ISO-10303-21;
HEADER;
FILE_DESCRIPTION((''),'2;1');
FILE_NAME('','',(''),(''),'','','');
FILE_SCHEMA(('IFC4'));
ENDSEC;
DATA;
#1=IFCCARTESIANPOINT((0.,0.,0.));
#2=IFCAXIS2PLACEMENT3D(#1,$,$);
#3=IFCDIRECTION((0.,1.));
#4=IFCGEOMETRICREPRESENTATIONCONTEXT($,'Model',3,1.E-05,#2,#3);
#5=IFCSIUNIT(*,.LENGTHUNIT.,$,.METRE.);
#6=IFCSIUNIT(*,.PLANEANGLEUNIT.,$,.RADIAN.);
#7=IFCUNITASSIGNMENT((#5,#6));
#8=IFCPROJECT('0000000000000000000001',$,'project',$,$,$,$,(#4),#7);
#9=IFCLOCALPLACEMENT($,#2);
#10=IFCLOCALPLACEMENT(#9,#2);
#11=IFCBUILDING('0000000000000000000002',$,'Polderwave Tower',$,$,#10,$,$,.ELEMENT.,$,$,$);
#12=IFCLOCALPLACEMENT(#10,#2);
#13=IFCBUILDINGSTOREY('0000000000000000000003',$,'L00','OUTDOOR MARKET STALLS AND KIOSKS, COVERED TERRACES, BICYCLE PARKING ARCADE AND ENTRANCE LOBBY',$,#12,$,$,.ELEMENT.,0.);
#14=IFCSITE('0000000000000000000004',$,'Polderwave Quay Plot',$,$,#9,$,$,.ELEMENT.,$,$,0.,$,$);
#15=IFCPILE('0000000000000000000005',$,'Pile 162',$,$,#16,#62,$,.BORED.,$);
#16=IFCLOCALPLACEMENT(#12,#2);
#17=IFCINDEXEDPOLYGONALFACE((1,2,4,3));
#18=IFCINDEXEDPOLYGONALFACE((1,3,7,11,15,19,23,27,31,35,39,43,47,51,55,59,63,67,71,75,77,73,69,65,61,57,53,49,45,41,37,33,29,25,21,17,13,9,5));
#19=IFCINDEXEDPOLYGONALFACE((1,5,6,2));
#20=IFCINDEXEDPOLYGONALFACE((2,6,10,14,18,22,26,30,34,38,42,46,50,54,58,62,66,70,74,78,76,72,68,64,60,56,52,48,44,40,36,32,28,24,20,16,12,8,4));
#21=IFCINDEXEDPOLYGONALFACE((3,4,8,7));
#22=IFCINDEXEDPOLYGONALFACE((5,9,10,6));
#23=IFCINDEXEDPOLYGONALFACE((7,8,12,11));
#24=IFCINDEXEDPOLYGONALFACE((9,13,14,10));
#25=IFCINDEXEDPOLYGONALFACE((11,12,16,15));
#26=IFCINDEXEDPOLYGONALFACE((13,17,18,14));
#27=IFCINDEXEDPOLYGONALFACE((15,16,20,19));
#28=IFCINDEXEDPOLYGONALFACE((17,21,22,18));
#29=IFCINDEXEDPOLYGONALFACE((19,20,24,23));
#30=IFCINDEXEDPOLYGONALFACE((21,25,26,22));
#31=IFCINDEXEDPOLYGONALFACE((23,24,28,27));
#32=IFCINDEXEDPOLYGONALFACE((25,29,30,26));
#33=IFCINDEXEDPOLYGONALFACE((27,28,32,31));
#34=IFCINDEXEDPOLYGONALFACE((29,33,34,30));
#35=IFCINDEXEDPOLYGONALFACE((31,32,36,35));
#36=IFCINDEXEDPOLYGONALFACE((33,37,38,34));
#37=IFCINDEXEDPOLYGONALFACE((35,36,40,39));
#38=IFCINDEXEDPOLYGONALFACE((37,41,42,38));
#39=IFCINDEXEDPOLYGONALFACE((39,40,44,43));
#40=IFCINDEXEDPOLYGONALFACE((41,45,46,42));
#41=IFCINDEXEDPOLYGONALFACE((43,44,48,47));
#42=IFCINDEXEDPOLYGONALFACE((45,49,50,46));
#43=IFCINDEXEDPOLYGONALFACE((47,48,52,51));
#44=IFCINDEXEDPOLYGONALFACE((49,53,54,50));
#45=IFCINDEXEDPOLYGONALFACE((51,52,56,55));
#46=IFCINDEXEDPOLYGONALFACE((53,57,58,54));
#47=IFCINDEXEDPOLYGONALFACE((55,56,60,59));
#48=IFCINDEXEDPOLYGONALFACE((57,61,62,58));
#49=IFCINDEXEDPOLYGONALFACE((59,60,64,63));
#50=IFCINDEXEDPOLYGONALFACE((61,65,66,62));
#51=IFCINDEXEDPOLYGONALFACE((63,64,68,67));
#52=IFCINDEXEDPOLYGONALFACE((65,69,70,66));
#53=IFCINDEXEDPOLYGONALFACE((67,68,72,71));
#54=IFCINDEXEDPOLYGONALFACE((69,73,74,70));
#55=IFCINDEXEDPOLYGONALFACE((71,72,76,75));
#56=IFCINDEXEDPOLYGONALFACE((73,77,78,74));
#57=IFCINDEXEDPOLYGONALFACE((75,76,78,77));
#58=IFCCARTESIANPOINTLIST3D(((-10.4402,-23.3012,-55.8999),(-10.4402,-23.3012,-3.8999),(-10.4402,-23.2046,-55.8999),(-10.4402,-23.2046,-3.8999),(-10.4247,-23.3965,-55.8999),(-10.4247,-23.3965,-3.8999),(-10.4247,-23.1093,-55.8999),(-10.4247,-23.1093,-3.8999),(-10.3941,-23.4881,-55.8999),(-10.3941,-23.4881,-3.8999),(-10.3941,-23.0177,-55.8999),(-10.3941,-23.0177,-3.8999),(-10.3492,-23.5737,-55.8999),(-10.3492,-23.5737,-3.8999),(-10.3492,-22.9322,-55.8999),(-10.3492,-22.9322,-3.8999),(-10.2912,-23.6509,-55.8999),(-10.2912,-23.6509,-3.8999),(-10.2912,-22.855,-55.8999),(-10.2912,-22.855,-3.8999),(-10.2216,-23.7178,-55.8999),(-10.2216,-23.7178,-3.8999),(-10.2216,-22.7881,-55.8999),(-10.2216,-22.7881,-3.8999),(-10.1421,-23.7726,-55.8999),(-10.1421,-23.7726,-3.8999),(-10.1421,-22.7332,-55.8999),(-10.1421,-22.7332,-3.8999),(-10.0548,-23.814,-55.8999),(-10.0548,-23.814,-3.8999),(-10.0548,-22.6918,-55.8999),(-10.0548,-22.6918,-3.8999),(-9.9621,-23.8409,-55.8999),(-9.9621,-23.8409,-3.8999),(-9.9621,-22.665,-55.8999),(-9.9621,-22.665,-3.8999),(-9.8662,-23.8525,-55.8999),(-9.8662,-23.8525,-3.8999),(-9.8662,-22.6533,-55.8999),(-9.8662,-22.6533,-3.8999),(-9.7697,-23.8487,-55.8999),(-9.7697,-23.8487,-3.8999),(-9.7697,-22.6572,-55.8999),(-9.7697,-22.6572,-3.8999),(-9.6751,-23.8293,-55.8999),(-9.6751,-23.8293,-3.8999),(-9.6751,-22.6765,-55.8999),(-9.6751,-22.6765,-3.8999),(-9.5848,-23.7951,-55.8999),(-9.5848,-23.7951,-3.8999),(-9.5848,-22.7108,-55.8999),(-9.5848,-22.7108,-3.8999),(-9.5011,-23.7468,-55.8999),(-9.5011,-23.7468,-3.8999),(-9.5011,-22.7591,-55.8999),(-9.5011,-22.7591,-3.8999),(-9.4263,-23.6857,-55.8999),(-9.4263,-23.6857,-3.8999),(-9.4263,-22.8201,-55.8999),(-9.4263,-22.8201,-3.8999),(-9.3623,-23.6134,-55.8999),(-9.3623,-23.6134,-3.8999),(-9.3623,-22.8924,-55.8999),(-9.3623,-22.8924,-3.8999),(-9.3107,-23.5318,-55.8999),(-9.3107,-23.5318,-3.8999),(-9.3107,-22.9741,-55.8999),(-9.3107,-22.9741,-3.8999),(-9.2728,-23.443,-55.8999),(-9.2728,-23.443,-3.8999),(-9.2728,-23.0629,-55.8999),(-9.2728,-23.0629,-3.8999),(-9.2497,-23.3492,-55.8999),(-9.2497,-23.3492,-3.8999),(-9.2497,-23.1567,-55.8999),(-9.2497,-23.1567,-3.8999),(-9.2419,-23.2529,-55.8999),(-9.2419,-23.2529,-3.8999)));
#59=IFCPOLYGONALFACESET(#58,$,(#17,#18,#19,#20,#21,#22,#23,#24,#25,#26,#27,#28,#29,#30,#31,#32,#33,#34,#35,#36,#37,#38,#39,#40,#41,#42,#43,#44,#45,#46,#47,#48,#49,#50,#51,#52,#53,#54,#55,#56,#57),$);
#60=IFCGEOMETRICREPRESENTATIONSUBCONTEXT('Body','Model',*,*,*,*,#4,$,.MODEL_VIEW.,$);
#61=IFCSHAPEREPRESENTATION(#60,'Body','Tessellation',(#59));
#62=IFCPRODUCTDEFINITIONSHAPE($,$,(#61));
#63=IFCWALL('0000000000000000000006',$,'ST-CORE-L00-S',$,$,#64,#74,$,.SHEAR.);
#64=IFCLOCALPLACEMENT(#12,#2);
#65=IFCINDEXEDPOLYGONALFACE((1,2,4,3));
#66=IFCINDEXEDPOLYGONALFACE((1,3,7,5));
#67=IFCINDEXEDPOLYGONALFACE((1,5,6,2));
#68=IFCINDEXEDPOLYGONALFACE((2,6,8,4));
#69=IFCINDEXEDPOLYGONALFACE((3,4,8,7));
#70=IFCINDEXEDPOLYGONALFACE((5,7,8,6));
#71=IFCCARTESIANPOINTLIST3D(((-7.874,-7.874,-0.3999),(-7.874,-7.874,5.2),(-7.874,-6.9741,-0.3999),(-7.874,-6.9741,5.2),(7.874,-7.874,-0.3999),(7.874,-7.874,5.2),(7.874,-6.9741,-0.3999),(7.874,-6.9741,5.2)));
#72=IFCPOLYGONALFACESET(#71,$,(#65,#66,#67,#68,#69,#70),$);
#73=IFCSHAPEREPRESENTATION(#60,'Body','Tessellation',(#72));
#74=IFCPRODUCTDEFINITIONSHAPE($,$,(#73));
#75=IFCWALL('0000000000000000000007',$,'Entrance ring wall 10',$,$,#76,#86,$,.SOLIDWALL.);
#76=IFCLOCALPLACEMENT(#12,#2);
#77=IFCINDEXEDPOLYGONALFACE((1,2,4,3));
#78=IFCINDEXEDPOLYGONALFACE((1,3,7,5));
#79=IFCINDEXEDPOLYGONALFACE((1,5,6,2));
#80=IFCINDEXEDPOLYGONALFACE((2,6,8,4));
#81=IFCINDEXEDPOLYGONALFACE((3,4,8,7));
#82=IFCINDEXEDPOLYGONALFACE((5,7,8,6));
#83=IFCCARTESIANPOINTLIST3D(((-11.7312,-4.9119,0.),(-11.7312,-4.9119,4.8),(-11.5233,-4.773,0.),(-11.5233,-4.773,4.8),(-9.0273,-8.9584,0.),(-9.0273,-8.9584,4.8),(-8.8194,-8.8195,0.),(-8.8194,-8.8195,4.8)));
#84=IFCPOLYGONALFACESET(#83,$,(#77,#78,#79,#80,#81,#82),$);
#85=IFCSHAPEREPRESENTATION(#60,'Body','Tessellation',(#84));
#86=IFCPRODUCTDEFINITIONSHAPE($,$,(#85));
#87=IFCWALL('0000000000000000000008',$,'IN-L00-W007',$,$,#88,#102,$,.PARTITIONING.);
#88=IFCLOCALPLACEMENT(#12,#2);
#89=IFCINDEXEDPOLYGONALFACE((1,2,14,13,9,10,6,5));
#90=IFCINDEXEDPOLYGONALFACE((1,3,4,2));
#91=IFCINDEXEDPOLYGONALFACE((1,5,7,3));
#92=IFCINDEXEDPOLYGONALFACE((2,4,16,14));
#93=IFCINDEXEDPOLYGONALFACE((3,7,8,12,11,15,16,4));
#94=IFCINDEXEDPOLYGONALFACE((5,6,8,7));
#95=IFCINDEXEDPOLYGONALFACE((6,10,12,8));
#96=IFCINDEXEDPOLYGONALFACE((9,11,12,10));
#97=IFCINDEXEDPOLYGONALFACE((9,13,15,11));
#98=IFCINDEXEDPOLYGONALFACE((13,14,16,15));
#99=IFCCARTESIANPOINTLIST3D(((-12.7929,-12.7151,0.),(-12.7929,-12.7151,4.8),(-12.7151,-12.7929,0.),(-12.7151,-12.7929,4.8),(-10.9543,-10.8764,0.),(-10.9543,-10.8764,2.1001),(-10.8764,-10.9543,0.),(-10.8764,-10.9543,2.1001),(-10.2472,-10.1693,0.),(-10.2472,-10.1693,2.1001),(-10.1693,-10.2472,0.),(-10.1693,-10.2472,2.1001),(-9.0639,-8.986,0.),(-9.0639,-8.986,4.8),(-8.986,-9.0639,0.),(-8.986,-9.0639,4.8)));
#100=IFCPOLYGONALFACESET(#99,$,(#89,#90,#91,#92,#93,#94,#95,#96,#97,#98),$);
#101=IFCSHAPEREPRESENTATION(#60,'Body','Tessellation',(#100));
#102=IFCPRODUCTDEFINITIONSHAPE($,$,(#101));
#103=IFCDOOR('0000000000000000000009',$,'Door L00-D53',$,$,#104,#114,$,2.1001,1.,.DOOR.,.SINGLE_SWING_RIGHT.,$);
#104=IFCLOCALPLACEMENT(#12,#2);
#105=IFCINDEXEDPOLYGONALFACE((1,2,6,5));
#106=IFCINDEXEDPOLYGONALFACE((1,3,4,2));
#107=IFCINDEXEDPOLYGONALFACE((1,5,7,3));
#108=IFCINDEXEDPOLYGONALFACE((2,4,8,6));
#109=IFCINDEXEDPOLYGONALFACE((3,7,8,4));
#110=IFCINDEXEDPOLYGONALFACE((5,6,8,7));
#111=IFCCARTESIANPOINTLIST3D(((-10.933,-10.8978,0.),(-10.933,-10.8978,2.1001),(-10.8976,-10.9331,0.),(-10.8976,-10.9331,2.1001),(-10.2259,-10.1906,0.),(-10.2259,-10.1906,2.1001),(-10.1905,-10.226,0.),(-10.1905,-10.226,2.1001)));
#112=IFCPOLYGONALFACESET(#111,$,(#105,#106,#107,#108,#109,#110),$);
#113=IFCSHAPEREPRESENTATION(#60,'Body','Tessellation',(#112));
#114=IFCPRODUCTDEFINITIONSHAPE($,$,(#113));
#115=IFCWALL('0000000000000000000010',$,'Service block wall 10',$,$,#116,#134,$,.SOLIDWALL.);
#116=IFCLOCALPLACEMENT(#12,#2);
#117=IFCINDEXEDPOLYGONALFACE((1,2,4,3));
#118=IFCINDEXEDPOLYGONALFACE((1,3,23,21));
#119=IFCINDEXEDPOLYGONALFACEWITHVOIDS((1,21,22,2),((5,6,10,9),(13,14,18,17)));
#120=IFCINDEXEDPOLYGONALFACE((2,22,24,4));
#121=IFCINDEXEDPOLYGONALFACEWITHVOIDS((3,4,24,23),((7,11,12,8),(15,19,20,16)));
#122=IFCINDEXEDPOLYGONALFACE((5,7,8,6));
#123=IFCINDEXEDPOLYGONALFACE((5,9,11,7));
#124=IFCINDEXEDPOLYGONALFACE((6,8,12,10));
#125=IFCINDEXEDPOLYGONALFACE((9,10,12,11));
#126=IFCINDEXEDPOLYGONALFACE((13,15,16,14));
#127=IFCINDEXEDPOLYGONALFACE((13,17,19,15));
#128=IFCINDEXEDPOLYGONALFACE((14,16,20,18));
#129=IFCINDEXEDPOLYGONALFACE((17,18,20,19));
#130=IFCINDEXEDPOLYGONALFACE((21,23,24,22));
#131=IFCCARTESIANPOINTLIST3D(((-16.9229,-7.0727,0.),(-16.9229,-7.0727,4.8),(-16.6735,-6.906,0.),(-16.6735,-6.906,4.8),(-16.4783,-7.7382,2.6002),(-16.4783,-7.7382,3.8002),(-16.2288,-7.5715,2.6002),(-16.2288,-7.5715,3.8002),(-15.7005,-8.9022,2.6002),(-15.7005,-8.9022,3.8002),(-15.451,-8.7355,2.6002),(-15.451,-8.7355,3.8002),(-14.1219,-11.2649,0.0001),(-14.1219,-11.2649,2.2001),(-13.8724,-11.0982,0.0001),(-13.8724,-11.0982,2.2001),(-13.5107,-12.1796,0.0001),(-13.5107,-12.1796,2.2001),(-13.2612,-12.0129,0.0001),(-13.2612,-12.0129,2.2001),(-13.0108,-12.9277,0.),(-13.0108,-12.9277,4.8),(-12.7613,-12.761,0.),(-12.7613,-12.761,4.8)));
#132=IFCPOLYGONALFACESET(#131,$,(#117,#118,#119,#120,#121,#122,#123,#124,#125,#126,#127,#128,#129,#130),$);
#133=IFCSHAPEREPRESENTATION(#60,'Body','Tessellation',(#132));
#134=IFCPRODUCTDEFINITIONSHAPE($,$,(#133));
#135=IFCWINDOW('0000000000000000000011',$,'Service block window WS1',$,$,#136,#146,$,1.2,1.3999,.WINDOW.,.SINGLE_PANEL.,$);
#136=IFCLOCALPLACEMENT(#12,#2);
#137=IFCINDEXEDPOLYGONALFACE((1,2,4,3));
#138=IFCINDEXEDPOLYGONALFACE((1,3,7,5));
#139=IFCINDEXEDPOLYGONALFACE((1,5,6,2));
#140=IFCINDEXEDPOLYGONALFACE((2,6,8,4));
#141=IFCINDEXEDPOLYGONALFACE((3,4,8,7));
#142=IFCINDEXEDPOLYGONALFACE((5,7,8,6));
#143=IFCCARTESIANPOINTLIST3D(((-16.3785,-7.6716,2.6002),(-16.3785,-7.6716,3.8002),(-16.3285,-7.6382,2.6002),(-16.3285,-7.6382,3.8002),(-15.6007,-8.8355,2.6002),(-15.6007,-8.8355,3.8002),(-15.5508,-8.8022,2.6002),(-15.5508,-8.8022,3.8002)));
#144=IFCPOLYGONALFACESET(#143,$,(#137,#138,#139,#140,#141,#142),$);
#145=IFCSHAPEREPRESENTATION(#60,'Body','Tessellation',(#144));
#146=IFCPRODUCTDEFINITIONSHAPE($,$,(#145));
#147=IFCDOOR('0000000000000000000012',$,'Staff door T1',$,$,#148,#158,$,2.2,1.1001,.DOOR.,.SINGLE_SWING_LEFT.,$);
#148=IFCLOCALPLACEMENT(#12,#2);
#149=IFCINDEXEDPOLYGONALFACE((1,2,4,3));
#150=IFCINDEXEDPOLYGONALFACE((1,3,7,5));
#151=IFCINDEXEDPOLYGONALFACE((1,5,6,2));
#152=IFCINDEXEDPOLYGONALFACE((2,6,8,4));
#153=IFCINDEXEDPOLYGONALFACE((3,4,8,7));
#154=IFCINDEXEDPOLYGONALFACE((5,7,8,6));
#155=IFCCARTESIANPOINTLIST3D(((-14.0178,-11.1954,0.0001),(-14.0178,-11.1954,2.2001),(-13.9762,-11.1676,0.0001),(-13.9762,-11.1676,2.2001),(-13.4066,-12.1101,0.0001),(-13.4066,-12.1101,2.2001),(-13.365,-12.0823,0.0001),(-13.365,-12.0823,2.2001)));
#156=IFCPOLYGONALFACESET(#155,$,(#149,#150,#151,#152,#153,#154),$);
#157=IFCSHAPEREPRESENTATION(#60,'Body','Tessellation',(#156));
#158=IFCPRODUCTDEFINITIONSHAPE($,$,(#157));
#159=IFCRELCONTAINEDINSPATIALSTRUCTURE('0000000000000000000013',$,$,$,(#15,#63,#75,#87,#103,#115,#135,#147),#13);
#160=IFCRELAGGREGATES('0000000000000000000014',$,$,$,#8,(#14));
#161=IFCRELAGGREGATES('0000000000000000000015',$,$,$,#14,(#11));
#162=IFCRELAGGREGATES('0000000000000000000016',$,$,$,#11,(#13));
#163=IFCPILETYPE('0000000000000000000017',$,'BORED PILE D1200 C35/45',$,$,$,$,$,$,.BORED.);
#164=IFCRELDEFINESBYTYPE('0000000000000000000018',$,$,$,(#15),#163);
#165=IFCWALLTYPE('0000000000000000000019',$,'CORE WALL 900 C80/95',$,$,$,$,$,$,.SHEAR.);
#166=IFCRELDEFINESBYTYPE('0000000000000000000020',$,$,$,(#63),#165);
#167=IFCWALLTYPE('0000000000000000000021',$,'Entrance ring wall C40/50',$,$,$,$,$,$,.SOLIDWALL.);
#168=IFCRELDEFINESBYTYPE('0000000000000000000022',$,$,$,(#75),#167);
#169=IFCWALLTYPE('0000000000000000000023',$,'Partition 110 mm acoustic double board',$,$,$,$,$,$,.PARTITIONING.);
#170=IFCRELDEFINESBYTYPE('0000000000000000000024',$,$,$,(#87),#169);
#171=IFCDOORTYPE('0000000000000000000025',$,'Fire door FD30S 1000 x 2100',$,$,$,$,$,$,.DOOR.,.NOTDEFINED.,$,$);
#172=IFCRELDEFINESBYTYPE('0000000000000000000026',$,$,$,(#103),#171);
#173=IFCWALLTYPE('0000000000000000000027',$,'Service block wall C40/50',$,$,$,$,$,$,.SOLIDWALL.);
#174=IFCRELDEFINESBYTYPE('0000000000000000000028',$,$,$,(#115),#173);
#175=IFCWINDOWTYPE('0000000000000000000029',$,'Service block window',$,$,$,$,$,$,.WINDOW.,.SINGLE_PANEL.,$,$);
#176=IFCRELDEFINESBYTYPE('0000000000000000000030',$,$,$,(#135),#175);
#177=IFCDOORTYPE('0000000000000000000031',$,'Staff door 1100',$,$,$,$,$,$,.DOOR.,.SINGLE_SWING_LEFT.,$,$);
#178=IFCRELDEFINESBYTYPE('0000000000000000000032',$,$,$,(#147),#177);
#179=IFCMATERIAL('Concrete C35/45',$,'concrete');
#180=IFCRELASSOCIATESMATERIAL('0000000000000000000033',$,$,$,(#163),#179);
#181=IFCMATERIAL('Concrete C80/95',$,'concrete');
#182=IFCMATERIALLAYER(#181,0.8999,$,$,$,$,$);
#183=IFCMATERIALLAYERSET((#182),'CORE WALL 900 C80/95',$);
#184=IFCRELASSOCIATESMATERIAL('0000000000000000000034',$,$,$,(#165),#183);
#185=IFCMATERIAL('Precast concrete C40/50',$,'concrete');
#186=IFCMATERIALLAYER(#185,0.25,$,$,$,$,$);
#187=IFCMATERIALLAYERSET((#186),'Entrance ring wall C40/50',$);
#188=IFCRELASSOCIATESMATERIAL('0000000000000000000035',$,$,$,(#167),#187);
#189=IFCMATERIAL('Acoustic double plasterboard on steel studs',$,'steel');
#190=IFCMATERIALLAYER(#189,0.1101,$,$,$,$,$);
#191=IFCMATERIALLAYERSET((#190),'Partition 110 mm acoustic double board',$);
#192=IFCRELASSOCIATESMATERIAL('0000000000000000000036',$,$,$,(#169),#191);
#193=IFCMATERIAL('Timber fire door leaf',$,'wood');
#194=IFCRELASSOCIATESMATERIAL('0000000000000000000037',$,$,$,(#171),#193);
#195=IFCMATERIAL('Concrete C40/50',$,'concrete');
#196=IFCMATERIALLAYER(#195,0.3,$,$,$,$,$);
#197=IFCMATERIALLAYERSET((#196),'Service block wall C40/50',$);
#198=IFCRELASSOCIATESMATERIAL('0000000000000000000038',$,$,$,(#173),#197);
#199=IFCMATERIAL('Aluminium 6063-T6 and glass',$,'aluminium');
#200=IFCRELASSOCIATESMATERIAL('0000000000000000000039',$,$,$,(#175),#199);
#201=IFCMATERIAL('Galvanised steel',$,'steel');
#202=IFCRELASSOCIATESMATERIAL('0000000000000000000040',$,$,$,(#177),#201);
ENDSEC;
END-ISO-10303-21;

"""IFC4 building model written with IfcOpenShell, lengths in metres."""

from ifc_helpers import new_model, si_unit, direction, frame, frame_2d, origin, origin_2d, place, context, subcontext, project, spatial, rectangle, circle, extrude, material, layer, layer_set, material_profile, profile_set, type_object, element, fill, save


model = new_model("IFC4")

# Units and contexts
model_context = context("Model", 3, precision=1e-05, world=origin(), true_north=direction((0.0, 1.0)))
body_context = subcontext(model_context, "Body", "Model", "MODEL_VIEW")
ifc_project = project(units=[si_unit("LENGTHUNIT", "METRE"), si_unit("PLANEANGLEUNIT", "RADIAN")], contexts=[model_context])

# Site, building, storey
site_placement = place(None, origin())
site = spatial("IfcSite", under=ifc_project, at=site_placement, Name="Polderwave Quay Plot", CompositionType="ELEMENT", RefElevation=0.0)
building_placement = place(site_placement, origin())
building = spatial("IfcBuilding", under=site, at=building_placement, Name="Polderwave Tower", CompositionType="ELEMENT")
storey_placement = place(building_placement, origin())
storey = spatial("IfcBuildingStorey", under=building, at=storey_placement, Name="L00", Description="OUTDOOR MARKET STALLS AND KIOSKS, COVERED TERRACES, BICYCLE PARKING ARCADE AND ENTRANCE LOBBY", CompositionType="ELEMENT", Elevation=0.0)

# Pile
ifc_material_1 = material(Name="Concrete C35/45", Category="concrete")
ifc_material_profile_1 = material_profile(ifc_material_1, circle(Radius=0.6001, at=origin_2d()), Name="BORED D1200")
ifc_profile_set_1 = profile_set([ifc_material_profile_1], Name="Concrete C35/45")
pile_type = type_object("IfcPileType", Name="BORED PILE D1200 C35/45", PredefinedType="BORED", material=ifc_profile_set_1)
for number, where, z_axis, x_axis, name in (
    (1, (-9.842, -23.2529, -3.8999), (0.0, 0.0, -1.0), (1.0, 0.0, 0.0), "Pile 162"),
):
    element("IfcPile", number, at=place(storey_placement, frame(where, z_axis=z_axis, x_axis=x_axis)), inside=storey, type_object=pile_type, Name=name, PredefinedType="BORED", context=body_context, shape_type="SweptSolid", body=[
        extrude(circle(Radius=0.6001, at=origin_2d()), origin(), (0.0, 0.0, 1.0), 52.0),
    ])

# Shared definitions
ifc_material_2 = material(Name="Concrete C80/95", Category="concrete")

# Walls
ifc_layer_1 = layer(ifc_material_2, 0.8999)
ifc_layer_set_1 = layer_set([ifc_layer_1], Name="CORE WALL 900 C80/95")
wall_type_1 = type_object("IfcWallType", Name="CORE WALL 900 C80/95", PredefinedType="SHEAR", material=ifc_layer_set_1)
wall_1_placement = place(storey_placement, frame((-7.874, -7.4241, -0.3999), z_axis=(0.0, 0.0, 1.0), x_axis=(1.0, 0.0, 0.0)))
element("IfcWall", 2, at=wall_1_placement, inside=storey, type_object=wall_type_1, Name="ST-CORE-L00-S", PredefinedType="SHEAR", context=body_context, shape_type="SweptSolid", body=[
    extrude(rectangle(XDim=15.748, YDim=0.8999, at=frame_2d((7.874, 0.0))), origin(), (0.0, 0.0, 1.0), 5.5999),
])
ifc_material_3 = material(Name="Precast concrete C40/50", Category="concrete")
ifc_layer_2 = layer(ifc_material_3, 0.25)
ifc_layer_set_2 = layer_set([ifc_layer_2], Name="Entrance ring wall C40/50")
wall_type_2 = type_object("IfcWallType", Name="Entrance ring wall C40/50", PredefinedType="SOLIDWALL", material=ifc_layer_set_2)
wall_2_placement = place(storey_placement, frame((-8.9233, -8.8889, 0.0), z_axis=(0.0, 0.0, 1.0), x_axis=(-0.555591, 0.831456, 0.0)))
element("IfcWall", 3, at=wall_2_placement, inside=storey, type_object=wall_type_2, Name="Entrance ring wall 10", PredefinedType="SOLIDWALL", context=body_context, shape_type="SweptSolid", body=[
    extrude(rectangle(XDim=4.8667, YDim=0.25, at=frame_2d((2.4333, 0.0))), origin(), (0.0, 0.0, 1.0), 4.8),
])

# Wall, opening, door
ifc_material_4 = material(Name="Acoustic double plasterboard on steel studs", Category="steel")
ifc_layer_3 = layer(ifc_material_4, 0.1101)
ifc_layer_set_3 = layer_set([ifc_layer_3], Name="Partition 110 mm acoustic double board")
wall_type_3 = type_object("IfcWallType", Name="Partition 110 mm acoustic double board", PredefinedType="PARTITIONING", material=ifc_layer_set_3)
wall_3_placement = place(storey_placement, frame((-12.7539, -12.7539, 0.0), z_axis=(0.0, 0.0, 1.0), x_axis=(0.707107, 0.707107, 0.0)))
wall_3 = element("IfcWall", 4, at=wall_3_placement, inside=storey, type_object=wall_type_3, Name="IN-L00-W007", PredefinedType="PARTITIONING", context=body_context, shape_type="SweptSolid", body=[
    extrude(rectangle(XDim=5.2737, YDim=0.1101, at=frame_2d((2.6367, 0.0))), origin(), (0.0, 0.0, 1.0), 4.8),
])
opening_1_placement = place(wall_3_placement, frame((2.6001, 0.0, 0.0)))
opening_1 = element("IfcOpeningElement", 5, at=opening_1_placement, cuts=wall_3, PredefinedType="OPENING", context=body_context, shape_type="SweptSolid", body=[
    extrude(rectangle(XDim=1.0, YDim=2.1001, at=frame_2d((0.5, 1.05))), frame((0.0, 0.0649, 0.0), z_axis=(0.0, -1.0, 0.0), x_axis=(1.0, 0.0, 0.0)), (0.0, 0.0, 1.0), 0.1301),
])
ifc_material_5 = material(Name="Timber fire door leaf", Category="wood")
door_type_1 = type_object("IfcDoorType", Name="Fire door FD30S 1000 x 2100", OperationType="NOTDEFINED", PredefinedType="DOOR", material=ifc_material_5)
door_1_placement = place(opening_1_placement, origin())
door_1 = element("IfcDoor", 6, at=door_1_placement, inside=storey, type_object=door_type_1, Name="Door L00-D53", OperationType="SINGLE_SWING_RIGHT", OverallHeight=2.1001, OverallWidth=1.0, PredefinedType="DOOR", context=body_context, shape_type="SweptSolid", body=[
    extrude(rectangle(XDim=1.0, YDim=2.1001, at=frame_2d((0.5, 1.05))), frame((0.0, 0.0249, 0.0), z_axis=(0.0, -1.0, 0.0), x_axis=(1.0, 0.0, 0.0)), (0.0, 0.0, 1.0), 0.05),
])
fill(opening_1, door_1)

# Wall, openings, window, door
ifc_material_6 = material(Name="Concrete C40/50", Category="concrete")
ifc_layer_4 = layer(ifc_material_6, 0.3)
ifc_layer_set_4 = layer_set([ifc_layer_4], Name="Service block wall C40/50")
wall_type_4 = type_object("IfcWallType", Name="Service block wall C40/50", PredefinedType="SOLIDWALL", material=ifc_layer_set_4)
wall_4_placement = place(storey_placement, frame((-12.886, -12.8445, 0.0), z_axis=(0.0, 0.0, 1.0), x_axis=(-0.555564, 0.831474, 0.0)))
wall_4 = element("IfcWall", 7, at=wall_4_placement, inside=storey, type_object=wall_type_4, Name="Service block wall 10", PredefinedType="SOLIDWALL", context=body_context, shape_type="SweptSolid", body=[
    extrude(rectangle(XDim=7.0417, YDim=0.3, at=frame_2d((3.521, 0.0))), origin(), (0.0, 0.0, 1.0), 4.8),
])
opening_2_placement = place(wall_4_placement, frame((0.8999, 0.0, 0.0)))
opening_2 = element("IfcOpeningElement", 8, at=opening_2_placement, cuts=wall_4, PredefinedType="OPENING", context=body_context, shape_type="SweptSolid", body=[
    extrude(rectangle(XDim=1.1001, YDim=2.2, at=frame_2d((0.55, 1.1001))), frame((0.0, 0.1599, 0.0), z_axis=(0.0, -1.0, 0.0), x_axis=(1.0, 0.0, 0.0)), (0.0, 0.0, 1.0), 0.3201),
])
opening_3_placement = place(wall_4_placement, frame((4.8416, 0.0, 2.6001)))
opening_3 = element("IfcOpeningElement", 9, at=opening_3_placement, cuts=wall_4, PredefinedType="OPENING", context=body_context, shape_type="SweptSolid", body=[
    extrude(rectangle(XDim=1.3999, YDim=1.2, at=frame_2d((0.7, 0.6001))), frame((0.0, 0.1599, 0.0), z_axis=(0.0, -1.0, 0.0), x_axis=(1.0, 0.0, 0.0)), (0.0, 0.0, 1.0), 0.3201),
])
ifc_material_7 = material(Name="Aluminium 6063-T6 and glass", Category="aluminium")
window_type = type_object("IfcWindowType", Name="Service block window", PartitioningType="SINGLE_PANEL", PredefinedType="WINDOW", material=ifc_material_7)
window_placement = place(opening_3_placement, origin())
window = element("IfcWindow", 10, at=window_placement, inside=storey, type_object=window_type, Name="Service block window WS1", OverallHeight=1.2, OverallWidth=1.3999, PartitioningType="SINGLE_PANEL", PredefinedType="WINDOW", context=body_context, shape_type="SweptSolid", body=[
    extrude(rectangle(XDim=1.3999, YDim=1.2, at=frame_2d((0.7, 0.6001))), frame((0.0, 0.03, 0.0), z_axis=(0.0, -1.0, 0.0), x_axis=(1.0, 0.0, 0.0)), (0.0, 0.0, 1.0), 0.0601),
])
fill(opening_3, window)
ifc_material_8 = material(Name="Galvanised steel", Category="steel")
door_type_2 = type_object("IfcDoorType", Name="Staff door 1100", OperationType="SINGLE_SWING_LEFT", PredefinedType="DOOR", material=ifc_material_8)
door_2_placement = place(opening_2_placement, origin())
door_2 = element("IfcDoor", 11, at=door_2_placement, inside=storey, type_object=door_type_2, Name="Staff door T1", OperationType="SINGLE_SWING_LEFT", OverallHeight=2.2, OverallWidth=1.1001, PredefinedType="DOOR", context=body_context, shape_type="SweptSolid", body=[
    extrude(rectangle(XDim=1.1001, YDim=2.2, at=frame_2d((0.55, 1.1001))), frame((0.0, 0.0249, 0.0), z_axis=(0.0, -1.0, 0.0), x_axis=(1.0, 0.0, 0.0)), (0.0, 0.0, 1.0), 0.05),
])
fill(opening_2, door_2)

save(model, "model.ifc")
